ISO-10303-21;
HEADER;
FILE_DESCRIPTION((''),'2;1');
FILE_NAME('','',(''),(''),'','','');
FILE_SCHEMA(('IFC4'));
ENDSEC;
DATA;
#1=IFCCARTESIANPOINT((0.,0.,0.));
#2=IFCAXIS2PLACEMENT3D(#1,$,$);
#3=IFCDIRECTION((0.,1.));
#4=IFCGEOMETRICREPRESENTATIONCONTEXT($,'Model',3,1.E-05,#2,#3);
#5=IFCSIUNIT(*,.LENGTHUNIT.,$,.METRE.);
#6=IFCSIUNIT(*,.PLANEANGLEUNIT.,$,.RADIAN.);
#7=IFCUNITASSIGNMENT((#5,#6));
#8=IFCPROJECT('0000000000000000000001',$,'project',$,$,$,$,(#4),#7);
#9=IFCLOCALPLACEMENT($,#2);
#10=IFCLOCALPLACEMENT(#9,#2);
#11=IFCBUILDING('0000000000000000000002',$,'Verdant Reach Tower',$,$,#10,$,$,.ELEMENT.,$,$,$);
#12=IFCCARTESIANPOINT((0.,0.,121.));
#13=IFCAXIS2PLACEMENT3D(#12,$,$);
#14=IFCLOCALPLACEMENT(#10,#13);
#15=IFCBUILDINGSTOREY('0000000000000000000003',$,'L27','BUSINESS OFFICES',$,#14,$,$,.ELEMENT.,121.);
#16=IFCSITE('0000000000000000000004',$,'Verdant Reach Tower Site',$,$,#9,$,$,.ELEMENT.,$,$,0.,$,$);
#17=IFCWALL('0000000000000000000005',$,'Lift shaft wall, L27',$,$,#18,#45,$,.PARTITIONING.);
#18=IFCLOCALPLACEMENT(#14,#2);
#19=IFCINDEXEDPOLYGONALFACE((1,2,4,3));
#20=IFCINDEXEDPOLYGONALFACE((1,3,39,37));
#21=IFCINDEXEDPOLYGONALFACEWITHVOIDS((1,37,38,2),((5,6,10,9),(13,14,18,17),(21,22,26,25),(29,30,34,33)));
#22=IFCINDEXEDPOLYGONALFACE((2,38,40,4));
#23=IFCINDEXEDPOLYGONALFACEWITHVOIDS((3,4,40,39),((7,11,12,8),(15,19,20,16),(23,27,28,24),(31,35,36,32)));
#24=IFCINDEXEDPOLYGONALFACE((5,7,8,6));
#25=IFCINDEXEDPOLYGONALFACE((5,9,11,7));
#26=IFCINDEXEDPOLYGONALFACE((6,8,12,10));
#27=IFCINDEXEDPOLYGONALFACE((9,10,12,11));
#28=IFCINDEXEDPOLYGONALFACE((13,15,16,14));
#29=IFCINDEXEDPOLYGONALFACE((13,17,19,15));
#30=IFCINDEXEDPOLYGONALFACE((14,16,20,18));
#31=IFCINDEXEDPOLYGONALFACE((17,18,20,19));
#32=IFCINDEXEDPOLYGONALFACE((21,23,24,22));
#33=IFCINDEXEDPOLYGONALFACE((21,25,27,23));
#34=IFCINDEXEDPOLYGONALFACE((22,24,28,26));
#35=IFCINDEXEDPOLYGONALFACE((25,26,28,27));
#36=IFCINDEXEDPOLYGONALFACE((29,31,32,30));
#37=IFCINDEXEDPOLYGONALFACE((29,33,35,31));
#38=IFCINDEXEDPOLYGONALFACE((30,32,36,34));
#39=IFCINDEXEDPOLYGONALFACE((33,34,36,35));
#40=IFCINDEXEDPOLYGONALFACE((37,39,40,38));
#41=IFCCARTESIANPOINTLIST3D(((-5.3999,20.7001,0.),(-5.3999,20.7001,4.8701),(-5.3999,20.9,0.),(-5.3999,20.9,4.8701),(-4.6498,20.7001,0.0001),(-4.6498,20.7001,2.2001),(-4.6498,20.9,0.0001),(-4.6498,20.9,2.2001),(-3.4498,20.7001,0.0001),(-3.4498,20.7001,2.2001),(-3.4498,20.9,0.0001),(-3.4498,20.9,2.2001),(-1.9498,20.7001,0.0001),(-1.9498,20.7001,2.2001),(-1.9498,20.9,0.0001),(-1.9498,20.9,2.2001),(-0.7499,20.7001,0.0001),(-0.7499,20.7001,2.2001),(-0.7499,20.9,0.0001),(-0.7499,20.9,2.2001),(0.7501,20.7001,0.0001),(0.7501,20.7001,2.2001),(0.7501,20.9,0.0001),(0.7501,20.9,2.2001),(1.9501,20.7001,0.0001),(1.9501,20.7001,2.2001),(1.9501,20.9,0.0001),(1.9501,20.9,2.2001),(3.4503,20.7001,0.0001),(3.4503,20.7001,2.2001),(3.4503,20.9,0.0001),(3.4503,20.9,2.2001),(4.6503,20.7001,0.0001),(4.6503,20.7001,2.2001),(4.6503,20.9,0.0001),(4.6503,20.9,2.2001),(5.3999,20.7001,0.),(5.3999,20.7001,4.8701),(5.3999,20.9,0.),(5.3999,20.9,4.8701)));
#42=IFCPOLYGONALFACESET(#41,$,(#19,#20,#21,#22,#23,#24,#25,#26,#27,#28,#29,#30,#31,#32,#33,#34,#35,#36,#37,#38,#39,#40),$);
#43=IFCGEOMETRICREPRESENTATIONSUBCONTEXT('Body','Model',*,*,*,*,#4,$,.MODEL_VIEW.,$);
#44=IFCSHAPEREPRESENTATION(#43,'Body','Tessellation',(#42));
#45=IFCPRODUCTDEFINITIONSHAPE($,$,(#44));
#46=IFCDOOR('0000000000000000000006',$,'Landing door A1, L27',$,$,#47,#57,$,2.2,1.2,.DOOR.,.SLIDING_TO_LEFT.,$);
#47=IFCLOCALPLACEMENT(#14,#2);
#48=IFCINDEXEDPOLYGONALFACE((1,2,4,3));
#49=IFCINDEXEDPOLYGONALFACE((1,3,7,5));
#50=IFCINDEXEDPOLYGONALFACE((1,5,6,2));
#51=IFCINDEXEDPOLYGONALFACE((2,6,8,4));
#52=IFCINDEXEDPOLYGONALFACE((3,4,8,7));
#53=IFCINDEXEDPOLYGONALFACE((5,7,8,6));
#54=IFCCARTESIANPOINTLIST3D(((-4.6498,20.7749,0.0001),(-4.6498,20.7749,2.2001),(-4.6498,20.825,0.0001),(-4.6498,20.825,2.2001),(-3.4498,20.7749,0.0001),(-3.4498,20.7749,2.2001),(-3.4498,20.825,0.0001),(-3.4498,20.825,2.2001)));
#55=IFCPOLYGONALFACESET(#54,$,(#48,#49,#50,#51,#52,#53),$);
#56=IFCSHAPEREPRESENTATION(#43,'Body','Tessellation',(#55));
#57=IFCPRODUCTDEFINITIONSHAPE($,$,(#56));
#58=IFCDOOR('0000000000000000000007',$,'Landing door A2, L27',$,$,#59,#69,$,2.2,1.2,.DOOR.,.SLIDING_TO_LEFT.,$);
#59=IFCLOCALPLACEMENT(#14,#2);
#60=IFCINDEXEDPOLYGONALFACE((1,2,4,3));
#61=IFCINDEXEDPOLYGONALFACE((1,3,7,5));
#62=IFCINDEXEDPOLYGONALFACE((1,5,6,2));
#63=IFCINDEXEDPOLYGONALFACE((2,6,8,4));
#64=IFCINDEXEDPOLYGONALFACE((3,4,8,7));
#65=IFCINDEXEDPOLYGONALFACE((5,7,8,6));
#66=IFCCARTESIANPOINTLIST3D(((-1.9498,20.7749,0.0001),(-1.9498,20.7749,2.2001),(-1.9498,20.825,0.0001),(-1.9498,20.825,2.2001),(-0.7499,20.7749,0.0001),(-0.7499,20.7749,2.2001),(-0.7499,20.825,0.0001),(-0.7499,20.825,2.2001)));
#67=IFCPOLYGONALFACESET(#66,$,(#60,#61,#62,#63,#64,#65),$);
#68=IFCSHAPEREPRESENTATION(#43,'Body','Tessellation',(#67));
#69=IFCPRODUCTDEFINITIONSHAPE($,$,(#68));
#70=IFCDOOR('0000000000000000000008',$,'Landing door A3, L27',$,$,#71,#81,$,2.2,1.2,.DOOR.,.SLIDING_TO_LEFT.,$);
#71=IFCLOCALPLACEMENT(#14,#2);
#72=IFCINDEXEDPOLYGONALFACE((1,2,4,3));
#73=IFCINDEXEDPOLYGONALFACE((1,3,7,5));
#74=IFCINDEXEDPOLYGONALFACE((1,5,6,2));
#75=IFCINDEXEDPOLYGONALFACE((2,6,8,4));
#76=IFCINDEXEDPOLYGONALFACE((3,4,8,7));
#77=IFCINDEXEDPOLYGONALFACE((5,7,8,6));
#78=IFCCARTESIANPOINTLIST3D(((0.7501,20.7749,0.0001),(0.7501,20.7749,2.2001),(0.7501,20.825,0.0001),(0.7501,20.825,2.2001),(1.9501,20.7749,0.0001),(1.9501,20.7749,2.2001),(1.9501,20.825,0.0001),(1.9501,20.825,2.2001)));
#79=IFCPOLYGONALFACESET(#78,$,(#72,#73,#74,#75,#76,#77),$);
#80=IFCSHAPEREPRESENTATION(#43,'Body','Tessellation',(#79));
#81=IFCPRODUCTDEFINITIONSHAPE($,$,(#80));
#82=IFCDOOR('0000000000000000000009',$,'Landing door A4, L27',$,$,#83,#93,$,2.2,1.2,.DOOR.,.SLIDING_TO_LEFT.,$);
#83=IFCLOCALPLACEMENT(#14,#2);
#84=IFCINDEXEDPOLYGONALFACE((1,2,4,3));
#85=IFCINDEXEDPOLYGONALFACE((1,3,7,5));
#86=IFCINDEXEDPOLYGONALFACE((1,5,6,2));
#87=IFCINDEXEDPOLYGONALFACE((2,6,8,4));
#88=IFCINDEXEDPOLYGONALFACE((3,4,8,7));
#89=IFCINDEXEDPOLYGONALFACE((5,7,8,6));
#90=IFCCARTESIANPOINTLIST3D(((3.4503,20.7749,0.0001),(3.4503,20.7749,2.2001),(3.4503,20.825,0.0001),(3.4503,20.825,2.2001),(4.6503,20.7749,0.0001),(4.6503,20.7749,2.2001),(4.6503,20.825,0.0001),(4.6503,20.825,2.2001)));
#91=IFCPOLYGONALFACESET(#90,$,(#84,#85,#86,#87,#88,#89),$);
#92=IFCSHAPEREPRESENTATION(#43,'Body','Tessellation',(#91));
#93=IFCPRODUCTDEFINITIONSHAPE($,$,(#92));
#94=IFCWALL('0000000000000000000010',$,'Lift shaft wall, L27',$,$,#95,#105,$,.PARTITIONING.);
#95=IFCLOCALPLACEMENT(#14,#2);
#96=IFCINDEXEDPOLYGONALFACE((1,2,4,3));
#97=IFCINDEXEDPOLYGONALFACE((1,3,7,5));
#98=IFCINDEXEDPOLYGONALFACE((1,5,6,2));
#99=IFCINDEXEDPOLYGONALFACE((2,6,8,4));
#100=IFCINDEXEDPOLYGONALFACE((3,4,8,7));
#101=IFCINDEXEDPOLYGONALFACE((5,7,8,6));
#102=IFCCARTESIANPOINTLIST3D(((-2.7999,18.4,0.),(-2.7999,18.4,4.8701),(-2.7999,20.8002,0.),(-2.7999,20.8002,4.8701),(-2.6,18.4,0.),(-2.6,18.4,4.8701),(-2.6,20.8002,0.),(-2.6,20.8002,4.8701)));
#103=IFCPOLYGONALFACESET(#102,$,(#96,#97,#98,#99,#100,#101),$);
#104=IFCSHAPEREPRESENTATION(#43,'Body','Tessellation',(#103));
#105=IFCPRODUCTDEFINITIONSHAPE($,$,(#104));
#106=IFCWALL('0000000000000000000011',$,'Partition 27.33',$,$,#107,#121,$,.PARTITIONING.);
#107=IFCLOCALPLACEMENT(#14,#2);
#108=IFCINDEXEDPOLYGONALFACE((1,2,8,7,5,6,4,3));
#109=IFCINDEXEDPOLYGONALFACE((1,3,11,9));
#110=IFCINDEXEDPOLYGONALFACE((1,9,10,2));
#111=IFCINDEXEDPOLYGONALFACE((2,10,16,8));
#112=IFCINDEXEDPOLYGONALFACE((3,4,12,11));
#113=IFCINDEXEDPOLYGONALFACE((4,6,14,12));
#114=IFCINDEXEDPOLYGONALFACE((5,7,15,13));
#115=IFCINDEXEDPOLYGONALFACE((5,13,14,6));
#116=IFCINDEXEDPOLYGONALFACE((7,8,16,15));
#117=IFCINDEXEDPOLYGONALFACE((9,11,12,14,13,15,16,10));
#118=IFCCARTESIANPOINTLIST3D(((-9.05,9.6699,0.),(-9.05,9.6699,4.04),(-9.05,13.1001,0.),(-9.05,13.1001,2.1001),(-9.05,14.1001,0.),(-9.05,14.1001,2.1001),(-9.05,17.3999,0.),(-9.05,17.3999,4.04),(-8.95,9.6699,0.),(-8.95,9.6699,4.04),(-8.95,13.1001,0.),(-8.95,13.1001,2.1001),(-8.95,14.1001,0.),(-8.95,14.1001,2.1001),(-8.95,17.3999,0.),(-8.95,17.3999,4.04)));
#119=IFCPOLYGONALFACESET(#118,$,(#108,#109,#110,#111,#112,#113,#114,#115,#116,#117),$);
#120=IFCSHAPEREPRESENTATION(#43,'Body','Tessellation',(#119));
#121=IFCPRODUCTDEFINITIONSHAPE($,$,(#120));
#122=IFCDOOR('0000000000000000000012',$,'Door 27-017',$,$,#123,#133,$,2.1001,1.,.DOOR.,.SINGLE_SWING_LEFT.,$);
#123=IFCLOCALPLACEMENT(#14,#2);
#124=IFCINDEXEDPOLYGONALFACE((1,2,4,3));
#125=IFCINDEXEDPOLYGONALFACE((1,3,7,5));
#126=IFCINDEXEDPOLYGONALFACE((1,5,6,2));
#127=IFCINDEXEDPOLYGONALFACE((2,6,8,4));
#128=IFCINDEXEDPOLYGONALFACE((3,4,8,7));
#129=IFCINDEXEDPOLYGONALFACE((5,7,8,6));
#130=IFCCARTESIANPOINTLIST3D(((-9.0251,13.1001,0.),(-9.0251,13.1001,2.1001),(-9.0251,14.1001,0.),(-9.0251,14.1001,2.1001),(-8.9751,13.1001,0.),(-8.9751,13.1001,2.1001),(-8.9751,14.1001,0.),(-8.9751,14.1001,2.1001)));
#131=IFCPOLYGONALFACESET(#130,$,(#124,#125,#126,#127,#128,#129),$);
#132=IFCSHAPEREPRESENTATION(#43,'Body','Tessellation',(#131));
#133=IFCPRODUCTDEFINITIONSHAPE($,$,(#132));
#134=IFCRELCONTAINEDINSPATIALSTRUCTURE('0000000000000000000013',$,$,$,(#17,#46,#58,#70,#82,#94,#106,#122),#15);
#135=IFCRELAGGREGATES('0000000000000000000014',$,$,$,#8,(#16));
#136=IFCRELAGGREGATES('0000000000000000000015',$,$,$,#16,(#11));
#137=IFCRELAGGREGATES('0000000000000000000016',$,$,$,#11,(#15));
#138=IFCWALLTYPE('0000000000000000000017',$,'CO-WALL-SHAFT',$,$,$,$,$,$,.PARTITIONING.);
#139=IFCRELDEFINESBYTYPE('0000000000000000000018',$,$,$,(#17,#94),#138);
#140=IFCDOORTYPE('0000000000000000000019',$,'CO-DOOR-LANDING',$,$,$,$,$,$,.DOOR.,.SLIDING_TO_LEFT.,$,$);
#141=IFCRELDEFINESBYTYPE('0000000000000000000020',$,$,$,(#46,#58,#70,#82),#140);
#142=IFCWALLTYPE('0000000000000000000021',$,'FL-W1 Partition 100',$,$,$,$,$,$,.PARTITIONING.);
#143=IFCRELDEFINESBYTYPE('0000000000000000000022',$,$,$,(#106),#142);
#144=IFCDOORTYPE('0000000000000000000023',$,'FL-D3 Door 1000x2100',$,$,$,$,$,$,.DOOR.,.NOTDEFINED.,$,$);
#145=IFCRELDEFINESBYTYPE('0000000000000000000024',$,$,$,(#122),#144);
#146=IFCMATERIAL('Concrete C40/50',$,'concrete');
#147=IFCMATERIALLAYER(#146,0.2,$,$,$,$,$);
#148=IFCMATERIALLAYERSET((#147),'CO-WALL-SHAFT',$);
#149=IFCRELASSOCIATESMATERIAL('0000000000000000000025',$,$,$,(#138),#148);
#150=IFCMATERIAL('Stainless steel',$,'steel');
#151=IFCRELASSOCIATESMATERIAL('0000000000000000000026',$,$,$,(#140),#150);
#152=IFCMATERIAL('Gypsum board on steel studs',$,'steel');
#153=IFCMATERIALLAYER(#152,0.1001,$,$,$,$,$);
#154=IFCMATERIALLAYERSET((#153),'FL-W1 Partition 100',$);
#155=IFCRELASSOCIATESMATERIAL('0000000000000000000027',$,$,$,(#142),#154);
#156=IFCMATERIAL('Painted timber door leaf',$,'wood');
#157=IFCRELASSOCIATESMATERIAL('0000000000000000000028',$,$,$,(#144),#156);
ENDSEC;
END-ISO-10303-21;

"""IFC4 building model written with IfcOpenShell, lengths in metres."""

from ifc_helpers import new_model, si_unit, direction, frame, frame_2d, origin, place, context, subcontext, project, spatial, rectangle, extrude, material, layer, layer_set, type_object, element, fill, save


model = new_model("IFC4")

# Units and contexts
model_context = context("Model", 3, precision=1e-05, world=origin(), true_north=direction((0.0, 1.0)))
body_context = subcontext(model_context, "Body", "Model", "MODEL_VIEW")
ifc_project = project(units=[si_unit("LENGTHUNIT", "METRE"), si_unit("PLANEANGLEUNIT", "RADIAN")], contexts=[model_context])

# Site, building, storey
site_placement = place(None, origin())
site = spatial("IfcSite", under=ifc_project, at=site_placement, Name="Verdant Reach Tower Site", CompositionType="ELEMENT", RefElevation=0.0)
building_placement = place(site_placement, origin())
building = spatial("IfcBuilding", under=site, at=building_placement, Name="Verdant Reach Tower", CompositionType="ELEMENT")
storey_placement = place(building_placement, frame((0.0, 0.0, 121.0)))
storey = spatial("IfcBuildingStorey", under=building, at=storey_placement, Name="L27", Description="BUSINESS OFFICES", CompositionType="ELEMENT", Elevation=121.0)

# Shared definitions
ifc_material_1 = material(Name="Gypsum board on steel studs", Category="steel")

# Wall, openings, doors
ifc_material_2 = material(Name="Concrete C40/50", Category="concrete")
ifc_layer_1 = layer(ifc_material_2, 0.2)
ifc_layer_set_1 = layer_set([ifc_layer_1], Name="CO-WALL-SHAFT")
wall_type_1 = type_object("IfcWallType", Name="CO-WALL-SHAFT", PredefinedType="PARTITIONING", material=ifc_layer_set_1)
wall_1_placement = place(storey_placement, frame((-5.3999, 20.8, 0.0), z_axis=(0.0, 0.0, 1.0), x_axis=(1.0, 0.0, 0.0)))
wall_1 = element("IfcWall", 1, at=wall_1_placement, inside=storey, type_object=wall_type_1, Name="Lift shaft wall, L27", PredefinedType="PARTITIONING", context=body_context, shape_type="SweptSolid", body=[
    extrude(rectangle(XDim=10.7998, YDim=0.2, at=frame_2d((5.3999, 0.0))), origin(), (0.0, 0.0, 1.0), 4.8701),
])
opening_1_placement = place(wall_1_placement, frame((0.75, 0.0, 0.0)))
opening_1 = element("IfcOpeningElement", 2, at=opening_1_placement, cuts=wall_1, PredefinedType="OPENING", context=body_context, shape_type="SweptSolid", body=[
    extrude(rectangle(XDim=1.2, YDim=2.2, at=frame_2d((0.6001, 1.1001))), frame((0.0, 0.1099, 0.0), z_axis=(0.0, -1.0, 0.0), x_axis=(1.0, 0.0, 0.0)), (0.0, 0.0, 1.0), 0.22),
])
opening_2_placement = place(wall_1_placement, frame((3.45, 0.0, 0.0)))
opening_2 = element("IfcOpeningElement", 3, at=opening_2_placement, cuts=wall_1, PredefinedType="OPENING", context=body_context, shape_type="SweptSolid", body=[
    extrude(rectangle(XDim=1.2, YDim=2.2, at=frame_2d((0.6001, 1.1001))), frame((0.0, 0.1099, 0.0), z_axis=(0.0, -1.0, 0.0), x_axis=(1.0, 0.0, 0.0)), (0.0, 0.0, 1.0), 0.22),
])
opening_3_placement = place(wall_1_placement, frame((6.1499, 0.0, 0.0)))
opening_3 = element("IfcOpeningElement", 4, at=opening_3_placement, cuts=wall_1, PredefinedType="OPENING", context=body_context, shape_type="SweptSolid", body=[
    extrude(rectangle(XDim=1.2, YDim=2.2, at=frame_2d((0.6001, 1.1001))), frame((0.0, 0.1099, 0.0), z_axis=(0.0, -1.0, 0.0), x_axis=(1.0, 0.0, 0.0)), (0.0, 0.0, 1.0), 0.22),
])
opening_4_placement = place(wall_1_placement, frame((8.8501, 0.0, 0.0)))
opening_4 = element("IfcOpeningElement", 5, at=opening_4_placement, cuts=wall_1, PredefinedType="OPENING", context=body_context, shape_type="SweptSolid", body=[
    extrude(rectangle(XDim=1.2, YDim=2.2, at=frame_2d((0.6001, 1.1001))), frame((0.0, 0.1099, 0.0), z_axis=(0.0, -1.0, 0.0), x_axis=(1.0, 0.0, 0.0)), (0.0, 0.0, 1.0), 0.22),
])
ifc_material_3 = material(Name="Stainless steel", Category="steel")
door_type_1 = type_object("IfcDoorType", Name="CO-DOOR-LANDING", OperationType="SLIDING_TO_LEFT", PredefinedType="DOOR", material=ifc_material_3)
door_1_placement = place(opening_1_placement, origin())
door_1 = element("IfcDoor", 6, at=door_1_placement, inside=storey, type_object=door_type_1, Name="Landing door A1, L27", OperationType="SLIDING_TO_LEFT", OverallHeight=2.2, OverallWidth=1.2, PredefinedType="DOOR", context=body_context, shape_type="SweptSolid", body=[
    extrude(rectangle(XDim=1.2, YDim=2.2, at=frame_2d((0.6001, 1.1001))), frame((0.0, 0.0249, 0.0), z_axis=(0.0, -1.0, 0.0), x_axis=(1.0, 0.0, 0.0)), (0.0, 0.0, 1.0), 0.05),
])
fill(opening_1, door_1)
door_2_placement = place(opening_2_placement, origin())
door_2 = element("IfcDoor", 7, at=door_2_placement, inside=storey, type_object=door_type_1, Name="Landing door A2, L27", OperationType="SLIDING_TO_LEFT", OverallHeight=2.2, OverallWidth=1.2, PredefinedType="DOOR", context=body_context, shape_type="SweptSolid", body=[
    extrude(rectangle(XDim=1.2, YDim=2.2, at=frame_2d((0.6001, 1.1001))), frame((0.0, 0.0249, 0.0), z_axis=(0.0, -1.0, 0.0), x_axis=(1.0, 0.0, 0.0)), (0.0, 0.0, 1.0), 0.05),
])
fill(opening_2, door_2)
door_3_placement = place(opening_3_placement, origin())
door_3 = element("IfcDoor", 8, at=door_3_placement, inside=storey, type_object=door_type_1, Name="Landing door A3, L27", OperationType="SLIDING_TO_LEFT", OverallHeight=2.2, OverallWidth=1.2, PredefinedType="DOOR", context=body_context, shape_type="SweptSolid", body=[
    extrude(rectangle(XDim=1.2, YDim=2.2, at=frame_2d((0.6001, 1.1001))), frame((0.0, 0.0249, 0.0), z_axis=(0.0, -1.0, 0.0), x_axis=(1.0, 0.0, 0.0)), (0.0, 0.0, 1.0), 0.05),
])
fill(opening_3, door_3)
door_4_placement = place(opening_4_placement, origin())
door_4 = element("IfcDoor", 9, at=door_4_placement, inside=storey, type_object=door_type_1, Name="Landing door A4, L27", OperationType="SLIDING_TO_LEFT", OverallHeight=2.2, OverallWidth=1.2, PredefinedType="DOOR", context=body_context, shape_type="SweptSolid", body=[
    extrude(rectangle(XDim=1.2, YDim=2.2, at=frame_2d((0.6001, 1.1001))), frame((0.0, 0.0249, 0.0), z_axis=(0.0, -1.0, 0.0), x_axis=(1.0, 0.0, 0.0)), (0.0, 0.0, 1.0), 0.05),
])
fill(opening_4, door_4)

# Wall
wall_2_placement = place(storey_placement, frame((-2.7, 18.3999, 0.0), z_axis=(0.0, 0.0, 1.0), x_axis=(0.0, 1.0, 0.0)))
element("IfcWall", 10, at=wall_2_placement, inside=storey, type_object=wall_type_1, Name="Lift shaft wall, L27", PredefinedType="PARTITIONING", context=body_context, shape_type="SweptSolid", body=[
    extrude(rectangle(XDim=2.4001, YDim=0.2, at=frame_2d((1.2002, 0.0))), origin(), (0.0, 0.0, 1.0), 4.8701),
])

# Wall, opening, door
ifc_layer_2 = layer(ifc_material_1, 0.1001)
ifc_layer_set_2 = layer_set([ifc_layer_2], Name="FL-W1 Partition 100")
wall_type_2 = type_object("IfcWallType", Name="FL-W1 Partition 100", PredefinedType="PARTITIONING", material=ifc_layer_set_2)
wall_3_placement = place(storey_placement, frame((-9.0, 17.3999, 0.0), z_axis=(0.0, 0.0, 1.0), x_axis=(0.0, -1.0, 0.0)))
wall_3 = element("IfcWall", 11, at=wall_3_placement, inside=storey, type_object=wall_type_2, Name="Partition 27.33", PredefinedType="PARTITIONING", context=body_context, shape_type="SweptSolid", body=[
    extrude(rectangle(XDim=7.73, YDim=0.1001, at=frame_2d((3.865, 0.0))), origin(), (0.0, 0.0, 1.0), 4.04),
])
opening_5_placement = place(wall_3_placement, frame((3.2998, 0.0, 0.0)))
opening_5 = element("IfcOpeningElement", 12, at=opening_5_placement, cuts=wall_3, PredefinedType="OPENING", context=body_context, shape_type="SweptSolid", body=[
    extrude(rectangle(XDim=1.0, YDim=2.1001, at=frame_2d((0.5, 1.05))), frame((0.0, 0.0601, 0.0), z_axis=(0.0, -1.0, 0.0), x_axis=(1.0, 0.0, 0.0)), (0.0, 0.0, 1.0), 0.1201),
])
ifc_material_4 = material(Name="Painted timber door leaf", Category="wood")
door_type_2 = type_object("IfcDoorType", Name="FL-D3 Door 1000x2100", OperationType="NOTDEFINED", PredefinedType="DOOR", material=ifc_material_4)
door_5_placement = place(opening_5_placement, origin())
door_5 = element("IfcDoor", 13, at=door_5_placement, inside=storey, type_object=door_type_2, Name="Door 27-017", OperationType="SINGLE_SWING_LEFT", OverallHeight=2.1001, OverallWidth=1.0, PredefinedType="DOOR", context=body_context, shape_type="SweptSolid", body=[
    extrude(rectangle(XDim=1.0, YDim=2.1001, at=frame_2d((0.5, 1.05))), frame((0.0, 0.0249, 0.0), z_axis=(0.0, -1.0, 0.0), x_axis=(1.0, 0.0, 0.0)), (0.0, 0.0, 1.0), 0.05),
])
fill(opening_5, door_5)

save(model, "model.ifc")
